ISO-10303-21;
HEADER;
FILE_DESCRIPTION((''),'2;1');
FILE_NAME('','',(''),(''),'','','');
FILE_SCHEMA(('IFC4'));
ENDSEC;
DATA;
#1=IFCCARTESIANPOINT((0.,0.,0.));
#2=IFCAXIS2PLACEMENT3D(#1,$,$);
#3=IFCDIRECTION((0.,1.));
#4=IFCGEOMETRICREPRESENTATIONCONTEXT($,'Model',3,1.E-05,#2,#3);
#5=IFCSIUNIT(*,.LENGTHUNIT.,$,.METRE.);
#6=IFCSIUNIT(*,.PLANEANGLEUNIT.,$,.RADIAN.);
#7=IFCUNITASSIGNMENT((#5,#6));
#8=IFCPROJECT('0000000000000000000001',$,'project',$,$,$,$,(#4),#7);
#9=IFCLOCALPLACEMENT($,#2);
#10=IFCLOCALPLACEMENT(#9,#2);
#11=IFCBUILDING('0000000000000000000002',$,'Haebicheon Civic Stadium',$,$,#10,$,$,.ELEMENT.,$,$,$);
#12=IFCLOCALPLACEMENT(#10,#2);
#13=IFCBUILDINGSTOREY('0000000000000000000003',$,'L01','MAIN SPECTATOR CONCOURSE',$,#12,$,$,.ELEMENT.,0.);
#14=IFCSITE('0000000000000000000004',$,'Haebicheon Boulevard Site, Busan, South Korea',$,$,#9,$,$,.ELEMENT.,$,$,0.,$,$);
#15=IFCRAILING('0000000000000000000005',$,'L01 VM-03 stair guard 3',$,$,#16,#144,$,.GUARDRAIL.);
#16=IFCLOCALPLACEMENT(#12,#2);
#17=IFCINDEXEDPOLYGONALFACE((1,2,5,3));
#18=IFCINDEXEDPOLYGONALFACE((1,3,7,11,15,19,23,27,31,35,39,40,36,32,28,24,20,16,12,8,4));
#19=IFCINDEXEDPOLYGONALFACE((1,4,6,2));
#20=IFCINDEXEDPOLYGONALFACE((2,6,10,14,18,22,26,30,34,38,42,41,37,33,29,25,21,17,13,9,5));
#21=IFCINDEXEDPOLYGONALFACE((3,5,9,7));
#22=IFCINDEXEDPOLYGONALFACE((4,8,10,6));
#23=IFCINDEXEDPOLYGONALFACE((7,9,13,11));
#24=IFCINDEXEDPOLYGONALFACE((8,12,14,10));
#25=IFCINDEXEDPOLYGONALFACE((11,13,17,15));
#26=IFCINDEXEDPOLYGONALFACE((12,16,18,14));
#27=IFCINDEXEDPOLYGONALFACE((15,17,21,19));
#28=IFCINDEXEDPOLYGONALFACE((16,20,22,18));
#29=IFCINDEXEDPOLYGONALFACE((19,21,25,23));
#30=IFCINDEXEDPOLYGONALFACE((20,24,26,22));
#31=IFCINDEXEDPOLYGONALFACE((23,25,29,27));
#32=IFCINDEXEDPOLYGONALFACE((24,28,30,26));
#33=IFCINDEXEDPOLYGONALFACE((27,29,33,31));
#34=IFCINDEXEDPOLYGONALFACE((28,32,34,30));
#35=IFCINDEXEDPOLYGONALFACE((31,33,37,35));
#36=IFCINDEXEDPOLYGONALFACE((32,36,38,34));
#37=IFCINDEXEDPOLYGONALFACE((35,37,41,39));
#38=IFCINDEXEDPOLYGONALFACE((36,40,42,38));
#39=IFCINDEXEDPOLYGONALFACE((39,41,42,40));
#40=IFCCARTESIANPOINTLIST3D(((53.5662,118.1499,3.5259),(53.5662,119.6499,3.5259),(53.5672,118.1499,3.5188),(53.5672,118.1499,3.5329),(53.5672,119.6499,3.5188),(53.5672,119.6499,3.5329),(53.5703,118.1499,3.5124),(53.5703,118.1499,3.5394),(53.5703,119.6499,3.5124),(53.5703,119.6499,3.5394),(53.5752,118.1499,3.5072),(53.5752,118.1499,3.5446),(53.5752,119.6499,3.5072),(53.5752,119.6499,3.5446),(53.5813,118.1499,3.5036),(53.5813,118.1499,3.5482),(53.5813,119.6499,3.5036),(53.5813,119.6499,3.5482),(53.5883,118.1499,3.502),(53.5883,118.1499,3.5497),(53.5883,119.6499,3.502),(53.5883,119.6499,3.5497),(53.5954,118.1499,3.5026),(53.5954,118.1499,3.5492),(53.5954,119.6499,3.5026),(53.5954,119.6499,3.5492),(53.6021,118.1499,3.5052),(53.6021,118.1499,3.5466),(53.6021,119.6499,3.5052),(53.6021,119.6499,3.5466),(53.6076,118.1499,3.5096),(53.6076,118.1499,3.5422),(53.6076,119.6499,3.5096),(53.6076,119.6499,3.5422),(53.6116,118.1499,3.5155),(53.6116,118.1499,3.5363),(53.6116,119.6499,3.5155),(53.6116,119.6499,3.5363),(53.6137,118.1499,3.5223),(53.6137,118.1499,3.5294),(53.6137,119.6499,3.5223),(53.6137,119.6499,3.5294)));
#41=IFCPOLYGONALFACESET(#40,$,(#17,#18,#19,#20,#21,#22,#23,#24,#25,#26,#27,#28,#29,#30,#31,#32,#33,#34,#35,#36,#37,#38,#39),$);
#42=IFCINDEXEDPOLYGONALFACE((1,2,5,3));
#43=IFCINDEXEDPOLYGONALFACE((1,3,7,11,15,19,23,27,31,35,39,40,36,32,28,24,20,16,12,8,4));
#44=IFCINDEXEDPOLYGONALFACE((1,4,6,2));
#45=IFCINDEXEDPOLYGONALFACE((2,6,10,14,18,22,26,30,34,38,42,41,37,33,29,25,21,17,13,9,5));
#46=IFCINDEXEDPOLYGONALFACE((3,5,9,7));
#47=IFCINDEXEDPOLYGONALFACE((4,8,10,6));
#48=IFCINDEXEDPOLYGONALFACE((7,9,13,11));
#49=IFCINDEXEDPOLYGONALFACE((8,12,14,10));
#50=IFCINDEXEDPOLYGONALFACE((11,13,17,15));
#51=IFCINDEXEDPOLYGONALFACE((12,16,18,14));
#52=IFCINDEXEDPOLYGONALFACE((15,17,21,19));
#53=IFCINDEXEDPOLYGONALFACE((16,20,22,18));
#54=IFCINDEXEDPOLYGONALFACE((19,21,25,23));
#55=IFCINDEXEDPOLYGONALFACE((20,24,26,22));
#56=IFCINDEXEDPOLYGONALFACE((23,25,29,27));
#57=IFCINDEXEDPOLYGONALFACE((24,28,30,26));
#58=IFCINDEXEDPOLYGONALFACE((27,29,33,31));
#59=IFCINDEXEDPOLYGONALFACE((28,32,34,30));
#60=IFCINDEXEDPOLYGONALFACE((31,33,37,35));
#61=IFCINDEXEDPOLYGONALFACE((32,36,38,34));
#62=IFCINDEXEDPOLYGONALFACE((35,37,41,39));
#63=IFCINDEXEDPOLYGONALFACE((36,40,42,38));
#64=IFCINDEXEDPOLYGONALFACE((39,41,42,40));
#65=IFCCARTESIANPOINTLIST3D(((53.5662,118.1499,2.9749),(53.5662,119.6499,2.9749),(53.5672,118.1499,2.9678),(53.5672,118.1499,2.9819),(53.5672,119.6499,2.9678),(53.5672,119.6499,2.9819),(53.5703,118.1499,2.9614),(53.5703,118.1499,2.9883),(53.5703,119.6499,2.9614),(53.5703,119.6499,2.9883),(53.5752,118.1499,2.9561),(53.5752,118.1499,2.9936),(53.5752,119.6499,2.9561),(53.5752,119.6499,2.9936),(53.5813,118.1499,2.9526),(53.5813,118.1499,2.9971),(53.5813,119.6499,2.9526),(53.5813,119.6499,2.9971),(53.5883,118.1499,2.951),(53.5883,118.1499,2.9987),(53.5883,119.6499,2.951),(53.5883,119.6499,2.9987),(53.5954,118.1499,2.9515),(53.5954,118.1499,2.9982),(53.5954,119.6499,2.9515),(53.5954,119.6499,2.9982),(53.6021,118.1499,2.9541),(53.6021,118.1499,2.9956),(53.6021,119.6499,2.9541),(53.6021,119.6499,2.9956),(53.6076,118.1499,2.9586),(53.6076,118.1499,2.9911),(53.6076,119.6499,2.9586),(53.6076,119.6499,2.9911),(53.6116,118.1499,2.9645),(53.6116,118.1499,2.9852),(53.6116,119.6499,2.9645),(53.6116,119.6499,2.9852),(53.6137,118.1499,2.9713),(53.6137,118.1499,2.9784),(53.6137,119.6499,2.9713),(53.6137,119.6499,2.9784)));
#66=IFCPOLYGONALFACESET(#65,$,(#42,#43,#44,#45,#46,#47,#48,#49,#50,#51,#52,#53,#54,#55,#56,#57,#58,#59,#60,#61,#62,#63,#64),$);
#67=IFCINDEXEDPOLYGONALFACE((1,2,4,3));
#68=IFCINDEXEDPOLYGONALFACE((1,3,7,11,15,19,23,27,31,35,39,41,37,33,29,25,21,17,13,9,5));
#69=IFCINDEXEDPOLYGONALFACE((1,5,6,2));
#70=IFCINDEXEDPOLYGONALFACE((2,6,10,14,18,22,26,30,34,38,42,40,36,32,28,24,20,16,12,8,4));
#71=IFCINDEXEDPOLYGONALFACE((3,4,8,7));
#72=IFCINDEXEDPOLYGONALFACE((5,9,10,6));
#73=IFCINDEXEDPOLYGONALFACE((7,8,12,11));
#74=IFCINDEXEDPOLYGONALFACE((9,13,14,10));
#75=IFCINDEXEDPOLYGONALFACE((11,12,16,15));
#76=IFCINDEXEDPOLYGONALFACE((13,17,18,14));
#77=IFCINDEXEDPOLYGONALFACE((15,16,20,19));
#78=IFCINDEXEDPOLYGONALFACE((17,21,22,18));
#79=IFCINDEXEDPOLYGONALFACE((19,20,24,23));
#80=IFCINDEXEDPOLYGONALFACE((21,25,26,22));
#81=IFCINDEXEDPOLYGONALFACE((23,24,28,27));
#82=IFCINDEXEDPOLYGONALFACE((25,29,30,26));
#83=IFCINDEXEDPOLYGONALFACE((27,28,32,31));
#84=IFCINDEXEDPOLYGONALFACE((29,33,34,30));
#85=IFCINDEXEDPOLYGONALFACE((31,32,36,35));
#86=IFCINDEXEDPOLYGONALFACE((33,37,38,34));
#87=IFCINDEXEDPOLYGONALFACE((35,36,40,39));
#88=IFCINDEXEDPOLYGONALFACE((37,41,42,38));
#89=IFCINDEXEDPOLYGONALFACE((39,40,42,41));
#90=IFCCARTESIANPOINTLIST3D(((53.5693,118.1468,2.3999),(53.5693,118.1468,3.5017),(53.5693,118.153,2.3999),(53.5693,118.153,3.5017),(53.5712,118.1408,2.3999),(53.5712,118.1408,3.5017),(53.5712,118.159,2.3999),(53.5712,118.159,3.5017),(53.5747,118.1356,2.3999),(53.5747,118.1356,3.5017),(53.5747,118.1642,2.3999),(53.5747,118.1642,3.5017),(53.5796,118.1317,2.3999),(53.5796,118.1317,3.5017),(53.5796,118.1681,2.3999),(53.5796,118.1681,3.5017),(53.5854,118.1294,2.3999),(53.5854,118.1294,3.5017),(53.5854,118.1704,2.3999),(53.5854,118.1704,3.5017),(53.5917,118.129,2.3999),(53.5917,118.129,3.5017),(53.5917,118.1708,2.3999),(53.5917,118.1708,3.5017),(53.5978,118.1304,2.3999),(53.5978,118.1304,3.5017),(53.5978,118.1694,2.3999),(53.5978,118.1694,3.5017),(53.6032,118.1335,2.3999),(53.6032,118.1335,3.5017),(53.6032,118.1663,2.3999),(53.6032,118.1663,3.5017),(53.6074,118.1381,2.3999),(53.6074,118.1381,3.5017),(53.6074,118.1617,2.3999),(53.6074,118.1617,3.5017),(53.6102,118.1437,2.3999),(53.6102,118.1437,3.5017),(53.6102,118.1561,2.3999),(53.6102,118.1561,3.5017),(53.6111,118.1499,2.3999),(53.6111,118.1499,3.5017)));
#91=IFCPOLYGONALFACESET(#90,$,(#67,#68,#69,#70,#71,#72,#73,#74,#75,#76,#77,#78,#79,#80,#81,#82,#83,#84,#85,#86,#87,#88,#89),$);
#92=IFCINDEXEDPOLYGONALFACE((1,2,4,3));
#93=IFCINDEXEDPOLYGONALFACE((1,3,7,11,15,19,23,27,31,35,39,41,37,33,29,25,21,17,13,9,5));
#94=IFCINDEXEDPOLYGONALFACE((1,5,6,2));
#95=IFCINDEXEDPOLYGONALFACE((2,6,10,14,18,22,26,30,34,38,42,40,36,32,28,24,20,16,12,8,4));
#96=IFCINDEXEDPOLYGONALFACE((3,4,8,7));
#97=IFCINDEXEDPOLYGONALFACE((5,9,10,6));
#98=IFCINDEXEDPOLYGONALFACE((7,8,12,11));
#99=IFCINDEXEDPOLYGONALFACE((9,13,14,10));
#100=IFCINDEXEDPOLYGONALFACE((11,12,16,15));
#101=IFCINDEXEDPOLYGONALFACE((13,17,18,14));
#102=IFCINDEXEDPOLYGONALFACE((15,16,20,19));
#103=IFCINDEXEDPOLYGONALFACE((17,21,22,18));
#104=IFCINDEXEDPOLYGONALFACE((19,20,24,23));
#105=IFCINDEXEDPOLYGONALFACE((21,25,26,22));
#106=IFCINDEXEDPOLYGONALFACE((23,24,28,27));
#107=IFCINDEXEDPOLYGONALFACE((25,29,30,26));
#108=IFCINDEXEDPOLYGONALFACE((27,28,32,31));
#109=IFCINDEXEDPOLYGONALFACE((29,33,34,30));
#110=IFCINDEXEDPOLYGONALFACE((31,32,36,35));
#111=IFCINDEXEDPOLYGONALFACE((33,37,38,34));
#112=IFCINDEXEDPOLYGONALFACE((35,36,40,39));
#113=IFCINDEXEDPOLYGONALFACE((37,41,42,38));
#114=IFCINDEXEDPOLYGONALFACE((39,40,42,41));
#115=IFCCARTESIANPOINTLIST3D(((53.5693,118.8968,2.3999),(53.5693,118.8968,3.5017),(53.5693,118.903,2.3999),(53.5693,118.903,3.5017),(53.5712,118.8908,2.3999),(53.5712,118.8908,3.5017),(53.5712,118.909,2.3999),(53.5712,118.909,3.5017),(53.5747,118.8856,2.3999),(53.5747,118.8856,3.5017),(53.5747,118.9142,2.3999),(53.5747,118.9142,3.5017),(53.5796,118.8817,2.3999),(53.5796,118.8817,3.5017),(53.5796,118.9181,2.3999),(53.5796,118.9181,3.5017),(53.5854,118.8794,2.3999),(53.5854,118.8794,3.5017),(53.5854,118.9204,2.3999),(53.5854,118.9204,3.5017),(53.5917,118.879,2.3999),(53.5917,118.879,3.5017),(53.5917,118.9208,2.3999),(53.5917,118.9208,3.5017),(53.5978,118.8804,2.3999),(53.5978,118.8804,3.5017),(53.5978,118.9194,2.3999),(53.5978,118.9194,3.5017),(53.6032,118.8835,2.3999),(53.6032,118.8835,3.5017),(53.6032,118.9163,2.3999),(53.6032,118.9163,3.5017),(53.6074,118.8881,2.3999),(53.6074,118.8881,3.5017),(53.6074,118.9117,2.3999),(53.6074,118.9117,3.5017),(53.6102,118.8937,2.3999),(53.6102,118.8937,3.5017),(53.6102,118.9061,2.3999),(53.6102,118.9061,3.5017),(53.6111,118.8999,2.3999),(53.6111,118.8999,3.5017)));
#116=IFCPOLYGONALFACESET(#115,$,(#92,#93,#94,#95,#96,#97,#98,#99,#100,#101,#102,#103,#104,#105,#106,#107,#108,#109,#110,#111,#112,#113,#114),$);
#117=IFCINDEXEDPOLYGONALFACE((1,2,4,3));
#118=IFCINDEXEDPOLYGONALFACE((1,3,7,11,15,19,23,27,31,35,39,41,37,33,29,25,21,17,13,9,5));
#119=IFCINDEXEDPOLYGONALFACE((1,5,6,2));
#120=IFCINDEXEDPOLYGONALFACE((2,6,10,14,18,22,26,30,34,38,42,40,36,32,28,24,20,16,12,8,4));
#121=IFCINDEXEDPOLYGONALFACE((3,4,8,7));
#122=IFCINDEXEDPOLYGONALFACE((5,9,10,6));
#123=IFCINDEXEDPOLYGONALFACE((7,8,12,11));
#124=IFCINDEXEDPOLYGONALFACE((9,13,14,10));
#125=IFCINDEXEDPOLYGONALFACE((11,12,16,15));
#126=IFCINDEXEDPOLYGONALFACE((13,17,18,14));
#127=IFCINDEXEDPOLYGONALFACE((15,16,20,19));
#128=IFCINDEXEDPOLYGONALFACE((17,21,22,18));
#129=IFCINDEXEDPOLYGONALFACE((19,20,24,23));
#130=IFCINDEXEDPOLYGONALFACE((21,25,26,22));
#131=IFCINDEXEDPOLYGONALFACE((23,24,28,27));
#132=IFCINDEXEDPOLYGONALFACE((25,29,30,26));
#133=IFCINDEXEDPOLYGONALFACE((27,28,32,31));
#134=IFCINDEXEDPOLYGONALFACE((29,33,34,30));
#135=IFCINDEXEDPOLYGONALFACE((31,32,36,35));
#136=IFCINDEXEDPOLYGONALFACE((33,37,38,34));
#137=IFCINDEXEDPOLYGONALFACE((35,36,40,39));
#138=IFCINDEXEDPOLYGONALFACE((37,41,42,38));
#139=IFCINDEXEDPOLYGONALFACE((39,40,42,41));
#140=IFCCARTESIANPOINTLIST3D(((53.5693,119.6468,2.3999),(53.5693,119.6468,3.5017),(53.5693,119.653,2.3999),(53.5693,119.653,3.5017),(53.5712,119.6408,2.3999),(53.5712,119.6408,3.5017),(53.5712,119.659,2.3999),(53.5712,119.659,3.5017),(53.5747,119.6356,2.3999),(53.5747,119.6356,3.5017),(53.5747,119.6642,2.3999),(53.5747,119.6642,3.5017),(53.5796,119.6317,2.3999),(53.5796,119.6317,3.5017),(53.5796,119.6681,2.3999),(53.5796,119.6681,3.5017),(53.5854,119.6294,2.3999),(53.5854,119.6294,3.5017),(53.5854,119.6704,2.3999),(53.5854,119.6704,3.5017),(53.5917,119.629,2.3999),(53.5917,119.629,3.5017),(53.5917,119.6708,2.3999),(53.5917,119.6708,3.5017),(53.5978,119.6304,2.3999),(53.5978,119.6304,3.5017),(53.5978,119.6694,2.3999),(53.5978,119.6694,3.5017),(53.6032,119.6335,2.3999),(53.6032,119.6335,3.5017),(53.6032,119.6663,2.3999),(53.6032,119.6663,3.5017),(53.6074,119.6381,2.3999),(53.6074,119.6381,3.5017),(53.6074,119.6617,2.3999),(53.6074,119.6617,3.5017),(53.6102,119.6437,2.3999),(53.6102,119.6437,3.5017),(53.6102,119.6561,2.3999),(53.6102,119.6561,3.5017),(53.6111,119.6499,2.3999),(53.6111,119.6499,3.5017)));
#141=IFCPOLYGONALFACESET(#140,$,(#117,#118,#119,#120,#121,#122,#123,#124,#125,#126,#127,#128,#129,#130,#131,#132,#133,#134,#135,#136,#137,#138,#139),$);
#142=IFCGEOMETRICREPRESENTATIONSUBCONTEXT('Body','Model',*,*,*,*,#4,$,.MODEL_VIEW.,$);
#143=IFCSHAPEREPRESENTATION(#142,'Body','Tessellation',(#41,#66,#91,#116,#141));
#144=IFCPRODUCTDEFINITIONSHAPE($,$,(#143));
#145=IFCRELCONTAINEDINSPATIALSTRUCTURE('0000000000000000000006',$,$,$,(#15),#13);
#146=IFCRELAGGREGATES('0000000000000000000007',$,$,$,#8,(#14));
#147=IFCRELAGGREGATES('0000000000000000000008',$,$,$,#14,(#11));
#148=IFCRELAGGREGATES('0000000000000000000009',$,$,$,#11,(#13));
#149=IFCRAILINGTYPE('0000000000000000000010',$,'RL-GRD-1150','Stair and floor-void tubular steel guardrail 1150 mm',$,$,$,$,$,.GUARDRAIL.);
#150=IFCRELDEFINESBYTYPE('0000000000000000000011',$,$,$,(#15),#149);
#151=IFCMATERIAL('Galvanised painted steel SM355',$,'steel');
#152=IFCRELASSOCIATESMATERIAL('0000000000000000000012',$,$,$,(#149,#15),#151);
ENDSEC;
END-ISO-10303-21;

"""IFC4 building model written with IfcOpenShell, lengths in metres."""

from ifc_helpers import new_model, si_unit, direction, frame, origin, origin_2d, place, context, subcontext, project, spatial, circle, extrude, material, type_object, element, save


model = new_model("IFC4")

# Units and contexts
model_context = context("Model", 3, precision=1e-05, world=origin(), true_north=direction((0.0, 1.0)))
body_context = subcontext(model_context, "Body", "Model", "MODEL_VIEW")
ifc_project = project(units=[si_unit("LENGTHUNIT", "METRE"), si_unit("PLANEANGLEUNIT", "RADIAN")], contexts=[model_context])

# Site, building, storey
site_placement = place(None, origin())
site = spatial("IfcSite", under=ifc_project, at=site_placement, Name="Haebicheon Boulevard Site, Busan, South Korea", CompositionType="ELEMENT", RefElevation=0.0)
building_placement = place(site_placement, origin())
building = spatial("IfcBuilding", under=site, at=building_placement, Name="Haebicheon Civic Stadium", CompositionType="ELEMENT")
storey_placement = place(building_placement, origin())
storey = spatial("IfcBuildingStorey", under=building, at=storey_placement, Name="L01", Description="MAIN SPECTATOR CONCOURSE", CompositionType="ELEMENT", Elevation=0.0)

# Railing
ifc_material_1 = material(Name="Galvanised painted steel SM355", Category="steel")
railing_type_1 = type_object("IfcRailingType", Name="RL-GRD-1150", Description="Stair and floor-void tubular steel guardrail 1150 mm", PredefinedType="GUARDRAIL", material=ifc_material_1)
for number, where, name in (
    (1, (53.5901, 118.1499, 2.3999), "L01 VM-03 stair guard 3"),
):
    element("IfcRailing", number, at=place(storey_placement, frame(where)), inside=storey, type_object=railing_type_1, material=ifc_material_1, Name=name, PredefinedType="GUARDRAIL", context=body_context, shape_type="SweptSolid", body=[
        extrude(circle(Radius=0.0239, at=origin_2d()), frame((0.0, 0.0, 1.126), z_axis=(0.0, 1.0, 0.0), x_axis=(-1.0, 0.0, 0.0)), (0.0, 0.0, 1.0), 1.5),
        extrude(circle(Radius=0.0239, at=origin_2d()), frame((0.0, 0.0, 0.575), z_axis=(0.0, 1.0, 0.0), x_axis=(-1.0, 0.0, 0.0)), (0.0, 0.0, 1.0), 1.5),
        extrude(circle(Radius=0.021, at=origin_2d()), origin(), (0.0, 0.0, 1.0), 1.1018),
        extrude(circle(Radius=0.021, at=origin_2d()), frame((0.0, 0.75, 0.0)), (0.0, 0.0, 1.0), 1.1018),
        extrude(circle(Radius=0.021, at=origin_2d()), frame((0.0, 1.5, 0.0)), (0.0, 0.0, 1.0), 1.1018),
    ])

save(model, "model.ifc")
